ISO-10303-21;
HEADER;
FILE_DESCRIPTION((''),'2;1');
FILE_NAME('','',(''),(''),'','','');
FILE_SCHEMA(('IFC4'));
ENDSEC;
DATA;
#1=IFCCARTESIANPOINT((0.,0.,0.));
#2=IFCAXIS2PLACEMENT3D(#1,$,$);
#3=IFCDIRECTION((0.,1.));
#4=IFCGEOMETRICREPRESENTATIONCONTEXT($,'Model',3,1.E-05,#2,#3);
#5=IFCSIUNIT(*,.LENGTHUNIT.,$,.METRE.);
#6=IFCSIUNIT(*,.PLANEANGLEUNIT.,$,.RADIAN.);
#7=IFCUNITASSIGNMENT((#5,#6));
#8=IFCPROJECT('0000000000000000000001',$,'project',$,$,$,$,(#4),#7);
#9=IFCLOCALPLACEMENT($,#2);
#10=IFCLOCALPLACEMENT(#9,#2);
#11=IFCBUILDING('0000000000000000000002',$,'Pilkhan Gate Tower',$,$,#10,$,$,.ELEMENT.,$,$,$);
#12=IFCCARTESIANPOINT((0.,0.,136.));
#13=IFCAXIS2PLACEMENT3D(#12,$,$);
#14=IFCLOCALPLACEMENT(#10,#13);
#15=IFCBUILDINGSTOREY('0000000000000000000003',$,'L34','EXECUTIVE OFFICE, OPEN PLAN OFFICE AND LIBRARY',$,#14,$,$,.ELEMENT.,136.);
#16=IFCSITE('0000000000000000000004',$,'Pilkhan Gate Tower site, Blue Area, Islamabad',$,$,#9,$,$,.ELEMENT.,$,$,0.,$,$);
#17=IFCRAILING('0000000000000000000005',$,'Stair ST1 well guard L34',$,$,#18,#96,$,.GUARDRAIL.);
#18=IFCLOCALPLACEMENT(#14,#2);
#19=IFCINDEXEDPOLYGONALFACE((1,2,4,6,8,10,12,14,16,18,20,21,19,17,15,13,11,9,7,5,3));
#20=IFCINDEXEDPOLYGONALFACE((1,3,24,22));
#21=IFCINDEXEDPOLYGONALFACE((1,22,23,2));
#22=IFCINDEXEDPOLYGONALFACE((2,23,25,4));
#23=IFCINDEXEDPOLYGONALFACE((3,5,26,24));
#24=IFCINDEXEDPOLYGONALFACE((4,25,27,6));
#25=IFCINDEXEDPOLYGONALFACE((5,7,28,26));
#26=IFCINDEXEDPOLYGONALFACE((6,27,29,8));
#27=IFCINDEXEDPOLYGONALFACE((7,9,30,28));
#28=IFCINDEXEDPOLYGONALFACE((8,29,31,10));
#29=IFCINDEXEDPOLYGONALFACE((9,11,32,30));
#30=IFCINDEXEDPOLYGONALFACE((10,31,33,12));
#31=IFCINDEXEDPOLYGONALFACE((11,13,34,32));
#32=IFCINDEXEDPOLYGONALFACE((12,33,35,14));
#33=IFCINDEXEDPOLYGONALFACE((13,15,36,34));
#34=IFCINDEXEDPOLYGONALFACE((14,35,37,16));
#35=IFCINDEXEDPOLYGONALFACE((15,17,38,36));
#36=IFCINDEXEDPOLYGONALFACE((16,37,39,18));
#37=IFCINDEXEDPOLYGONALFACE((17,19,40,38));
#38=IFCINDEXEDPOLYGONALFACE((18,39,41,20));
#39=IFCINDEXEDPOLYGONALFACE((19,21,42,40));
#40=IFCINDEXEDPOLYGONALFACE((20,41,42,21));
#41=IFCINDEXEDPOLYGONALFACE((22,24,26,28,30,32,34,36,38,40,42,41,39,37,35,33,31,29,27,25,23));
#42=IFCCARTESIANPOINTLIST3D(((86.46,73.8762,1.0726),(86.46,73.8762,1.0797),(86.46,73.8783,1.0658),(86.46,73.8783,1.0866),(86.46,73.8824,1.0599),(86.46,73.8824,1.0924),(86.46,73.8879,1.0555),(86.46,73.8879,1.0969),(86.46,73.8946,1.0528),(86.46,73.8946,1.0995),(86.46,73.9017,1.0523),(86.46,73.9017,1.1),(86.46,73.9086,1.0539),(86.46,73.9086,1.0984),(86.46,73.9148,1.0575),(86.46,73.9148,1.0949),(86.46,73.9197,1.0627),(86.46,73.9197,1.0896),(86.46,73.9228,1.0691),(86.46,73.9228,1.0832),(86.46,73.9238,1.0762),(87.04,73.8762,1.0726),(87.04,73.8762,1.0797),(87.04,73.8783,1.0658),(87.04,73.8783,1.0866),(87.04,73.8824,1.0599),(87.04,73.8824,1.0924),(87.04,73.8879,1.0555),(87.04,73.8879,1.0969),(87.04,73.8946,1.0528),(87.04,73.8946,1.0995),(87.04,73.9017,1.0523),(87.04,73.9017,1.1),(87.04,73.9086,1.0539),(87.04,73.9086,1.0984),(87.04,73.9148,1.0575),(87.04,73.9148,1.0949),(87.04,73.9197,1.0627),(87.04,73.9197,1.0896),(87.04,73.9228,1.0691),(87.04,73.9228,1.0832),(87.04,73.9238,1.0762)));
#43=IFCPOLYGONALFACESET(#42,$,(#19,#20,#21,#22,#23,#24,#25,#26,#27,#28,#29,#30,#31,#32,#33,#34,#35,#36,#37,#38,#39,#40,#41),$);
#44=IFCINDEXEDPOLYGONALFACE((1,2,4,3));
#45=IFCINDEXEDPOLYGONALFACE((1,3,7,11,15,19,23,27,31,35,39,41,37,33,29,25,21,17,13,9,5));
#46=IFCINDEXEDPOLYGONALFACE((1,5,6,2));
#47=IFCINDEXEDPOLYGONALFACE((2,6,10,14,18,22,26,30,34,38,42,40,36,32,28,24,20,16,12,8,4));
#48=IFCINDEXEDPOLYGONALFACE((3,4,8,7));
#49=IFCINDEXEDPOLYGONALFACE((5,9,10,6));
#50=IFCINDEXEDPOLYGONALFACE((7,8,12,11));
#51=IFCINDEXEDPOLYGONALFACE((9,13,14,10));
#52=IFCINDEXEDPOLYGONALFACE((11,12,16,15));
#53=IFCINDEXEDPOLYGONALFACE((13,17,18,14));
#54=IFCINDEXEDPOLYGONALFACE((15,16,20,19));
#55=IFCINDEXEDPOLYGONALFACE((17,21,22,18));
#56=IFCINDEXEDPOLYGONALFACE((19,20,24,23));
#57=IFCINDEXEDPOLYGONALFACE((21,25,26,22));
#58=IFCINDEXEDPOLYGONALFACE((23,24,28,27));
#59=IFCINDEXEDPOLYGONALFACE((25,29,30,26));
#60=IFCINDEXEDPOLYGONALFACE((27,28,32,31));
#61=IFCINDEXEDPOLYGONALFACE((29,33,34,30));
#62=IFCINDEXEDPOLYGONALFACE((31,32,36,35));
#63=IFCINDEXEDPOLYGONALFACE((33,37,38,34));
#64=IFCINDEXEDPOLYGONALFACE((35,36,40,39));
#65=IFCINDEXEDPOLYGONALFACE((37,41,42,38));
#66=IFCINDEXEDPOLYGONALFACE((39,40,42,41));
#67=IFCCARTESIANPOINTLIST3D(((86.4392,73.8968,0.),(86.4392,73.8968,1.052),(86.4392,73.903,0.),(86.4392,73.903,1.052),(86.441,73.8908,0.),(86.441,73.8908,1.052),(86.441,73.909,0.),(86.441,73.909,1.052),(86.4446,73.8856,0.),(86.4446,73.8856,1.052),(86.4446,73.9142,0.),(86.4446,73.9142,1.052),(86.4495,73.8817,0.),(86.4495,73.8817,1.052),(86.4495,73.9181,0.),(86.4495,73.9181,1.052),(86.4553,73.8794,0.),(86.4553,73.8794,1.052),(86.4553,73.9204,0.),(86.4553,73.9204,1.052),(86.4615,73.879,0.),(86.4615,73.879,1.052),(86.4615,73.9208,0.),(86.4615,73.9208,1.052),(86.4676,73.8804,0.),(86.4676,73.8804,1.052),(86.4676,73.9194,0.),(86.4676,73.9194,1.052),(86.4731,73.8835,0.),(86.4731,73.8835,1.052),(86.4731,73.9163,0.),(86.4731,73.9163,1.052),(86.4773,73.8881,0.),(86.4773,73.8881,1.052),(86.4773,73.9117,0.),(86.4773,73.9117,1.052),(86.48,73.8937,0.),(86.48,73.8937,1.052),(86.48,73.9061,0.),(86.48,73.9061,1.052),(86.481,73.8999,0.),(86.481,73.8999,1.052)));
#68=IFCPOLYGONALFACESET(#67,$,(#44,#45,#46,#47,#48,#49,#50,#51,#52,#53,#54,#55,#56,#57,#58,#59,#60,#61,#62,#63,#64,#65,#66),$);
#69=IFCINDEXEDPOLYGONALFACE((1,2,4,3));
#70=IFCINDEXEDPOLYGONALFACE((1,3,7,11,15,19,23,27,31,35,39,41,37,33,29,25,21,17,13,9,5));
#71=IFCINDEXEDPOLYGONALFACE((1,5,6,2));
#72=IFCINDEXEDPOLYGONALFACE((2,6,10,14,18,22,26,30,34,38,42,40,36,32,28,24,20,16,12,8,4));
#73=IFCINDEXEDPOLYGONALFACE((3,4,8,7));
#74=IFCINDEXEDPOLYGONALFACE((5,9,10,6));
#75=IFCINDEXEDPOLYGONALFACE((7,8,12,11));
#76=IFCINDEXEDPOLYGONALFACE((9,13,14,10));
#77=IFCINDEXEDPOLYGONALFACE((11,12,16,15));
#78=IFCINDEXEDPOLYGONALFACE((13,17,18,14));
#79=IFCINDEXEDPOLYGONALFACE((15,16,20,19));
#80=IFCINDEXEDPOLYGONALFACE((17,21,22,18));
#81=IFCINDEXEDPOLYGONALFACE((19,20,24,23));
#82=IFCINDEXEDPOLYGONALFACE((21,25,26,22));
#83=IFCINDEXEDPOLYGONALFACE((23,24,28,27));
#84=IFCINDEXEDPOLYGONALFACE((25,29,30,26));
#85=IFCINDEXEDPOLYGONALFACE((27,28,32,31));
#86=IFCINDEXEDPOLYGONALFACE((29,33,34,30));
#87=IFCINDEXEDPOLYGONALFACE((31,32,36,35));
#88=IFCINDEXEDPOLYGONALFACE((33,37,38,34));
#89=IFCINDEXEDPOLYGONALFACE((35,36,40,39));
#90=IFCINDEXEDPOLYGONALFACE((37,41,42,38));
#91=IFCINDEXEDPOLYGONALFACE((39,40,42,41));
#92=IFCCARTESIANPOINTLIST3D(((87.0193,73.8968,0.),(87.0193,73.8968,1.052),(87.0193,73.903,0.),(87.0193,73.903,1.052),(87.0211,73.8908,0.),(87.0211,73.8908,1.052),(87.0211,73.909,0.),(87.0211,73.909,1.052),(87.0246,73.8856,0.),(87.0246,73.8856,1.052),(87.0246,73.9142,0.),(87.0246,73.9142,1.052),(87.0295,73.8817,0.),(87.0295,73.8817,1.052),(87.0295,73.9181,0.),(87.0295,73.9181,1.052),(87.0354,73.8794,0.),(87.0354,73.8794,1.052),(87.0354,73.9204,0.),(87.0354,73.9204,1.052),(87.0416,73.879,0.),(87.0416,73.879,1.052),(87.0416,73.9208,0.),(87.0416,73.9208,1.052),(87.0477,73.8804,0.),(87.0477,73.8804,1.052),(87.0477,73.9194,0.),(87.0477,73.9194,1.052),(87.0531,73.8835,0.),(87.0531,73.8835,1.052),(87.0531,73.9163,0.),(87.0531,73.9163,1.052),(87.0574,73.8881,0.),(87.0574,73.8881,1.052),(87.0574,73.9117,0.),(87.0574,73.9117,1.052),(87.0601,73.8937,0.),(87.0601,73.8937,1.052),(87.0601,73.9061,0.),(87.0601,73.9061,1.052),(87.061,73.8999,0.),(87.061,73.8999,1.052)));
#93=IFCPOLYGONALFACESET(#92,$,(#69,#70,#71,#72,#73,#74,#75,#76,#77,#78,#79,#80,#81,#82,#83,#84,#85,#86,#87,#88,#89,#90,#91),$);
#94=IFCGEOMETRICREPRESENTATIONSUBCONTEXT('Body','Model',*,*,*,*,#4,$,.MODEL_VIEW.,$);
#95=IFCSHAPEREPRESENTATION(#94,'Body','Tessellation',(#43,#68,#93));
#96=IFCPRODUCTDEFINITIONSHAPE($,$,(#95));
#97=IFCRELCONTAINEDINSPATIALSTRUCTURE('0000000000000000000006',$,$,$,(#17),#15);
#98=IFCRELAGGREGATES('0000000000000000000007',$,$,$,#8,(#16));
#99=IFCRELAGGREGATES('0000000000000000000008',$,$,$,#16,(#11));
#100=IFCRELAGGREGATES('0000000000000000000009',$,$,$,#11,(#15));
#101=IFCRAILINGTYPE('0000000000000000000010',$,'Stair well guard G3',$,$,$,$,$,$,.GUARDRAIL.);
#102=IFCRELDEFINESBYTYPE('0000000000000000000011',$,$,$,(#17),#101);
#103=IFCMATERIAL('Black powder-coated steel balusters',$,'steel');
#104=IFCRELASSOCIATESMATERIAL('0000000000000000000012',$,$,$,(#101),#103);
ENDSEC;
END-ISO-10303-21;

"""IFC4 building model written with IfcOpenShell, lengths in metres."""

from ifc_helpers import new_model, si_unit, direction, frame, origin, origin_2d, place, context, subcontext, project, spatial, circle, extrude, material, type_object, element, save


model = new_model("IFC4")

# Units and contexts
model_context = context("Model", 3, precision=1e-05, world=origin(), true_north=direction((0.0, 1.0)))
body_context = subcontext(model_context, "Body", "Model", "MODEL_VIEW")
ifc_project = project(units=[si_unit("LENGTHUNIT", "METRE"), si_unit("PLANEANGLEUNIT", "RADIAN")], contexts=[model_context])

# Site, building, storey
site_placement = place(None, origin())
site = spatial("IfcSite", under=ifc_project, at=site_placement, Name="Pilkhan Gate Tower site, Blue Area, Islamabad", CompositionType="ELEMENT", RefElevation=0.0)
building_placement = place(site_placement, origin())
building = spatial("IfcBuilding", under=site, at=building_placement, Name="Pilkhan Gate Tower", CompositionType="ELEMENT")
storey_placement = place(building_placement, frame((0.0, 0.0, 136.0)))
storey = spatial("IfcBuildingStorey", under=building, at=storey_placement, Name="L34", Description="EXECUTIVE OFFICE, OPEN PLAN OFFICE AND LIBRARY", CompositionType="ELEMENT", Elevation=136.0)

# Railing
ifc_material_1 = material(Name="Black powder-coated steel balusters", Category="steel")
railing_type_1 = type_object("IfcRailingType", Name="Stair well guard G3", PredefinedType="GUARDRAIL", material=ifc_material_1)
railing_1_placement = place(storey_placement, frame((86.46, 73.8999, 0.0)))
element("IfcRailing", 1, at=railing_1_placement, inside=storey, type_object=railing_type_1, Name="Stair ST1 well guard L34", PredefinedType="GUARDRAIL", context=body_context, shape_type="SweptSolid", body=[
    extrude(circle(Radius=0.0239, at=origin_2d()), frame((0.0, 0.0, 1.0762), z_axis=(1.0, 0.0, 0.0), x_axis=(0.0, 1.0, 0.0)), (0.0, 0.0, 1.0), 0.5801),
    extrude(circle(Radius=0.021, at=origin_2d()), origin(), (0.0, 0.0, 1.0), 1.052),
    extrude(circle(Radius=0.021, at=origin_2d()), frame((0.5801, 0.0, 0.0)), (0.0, 0.0, 1.0), 1.052),
])

save(model, "model.ifc")
